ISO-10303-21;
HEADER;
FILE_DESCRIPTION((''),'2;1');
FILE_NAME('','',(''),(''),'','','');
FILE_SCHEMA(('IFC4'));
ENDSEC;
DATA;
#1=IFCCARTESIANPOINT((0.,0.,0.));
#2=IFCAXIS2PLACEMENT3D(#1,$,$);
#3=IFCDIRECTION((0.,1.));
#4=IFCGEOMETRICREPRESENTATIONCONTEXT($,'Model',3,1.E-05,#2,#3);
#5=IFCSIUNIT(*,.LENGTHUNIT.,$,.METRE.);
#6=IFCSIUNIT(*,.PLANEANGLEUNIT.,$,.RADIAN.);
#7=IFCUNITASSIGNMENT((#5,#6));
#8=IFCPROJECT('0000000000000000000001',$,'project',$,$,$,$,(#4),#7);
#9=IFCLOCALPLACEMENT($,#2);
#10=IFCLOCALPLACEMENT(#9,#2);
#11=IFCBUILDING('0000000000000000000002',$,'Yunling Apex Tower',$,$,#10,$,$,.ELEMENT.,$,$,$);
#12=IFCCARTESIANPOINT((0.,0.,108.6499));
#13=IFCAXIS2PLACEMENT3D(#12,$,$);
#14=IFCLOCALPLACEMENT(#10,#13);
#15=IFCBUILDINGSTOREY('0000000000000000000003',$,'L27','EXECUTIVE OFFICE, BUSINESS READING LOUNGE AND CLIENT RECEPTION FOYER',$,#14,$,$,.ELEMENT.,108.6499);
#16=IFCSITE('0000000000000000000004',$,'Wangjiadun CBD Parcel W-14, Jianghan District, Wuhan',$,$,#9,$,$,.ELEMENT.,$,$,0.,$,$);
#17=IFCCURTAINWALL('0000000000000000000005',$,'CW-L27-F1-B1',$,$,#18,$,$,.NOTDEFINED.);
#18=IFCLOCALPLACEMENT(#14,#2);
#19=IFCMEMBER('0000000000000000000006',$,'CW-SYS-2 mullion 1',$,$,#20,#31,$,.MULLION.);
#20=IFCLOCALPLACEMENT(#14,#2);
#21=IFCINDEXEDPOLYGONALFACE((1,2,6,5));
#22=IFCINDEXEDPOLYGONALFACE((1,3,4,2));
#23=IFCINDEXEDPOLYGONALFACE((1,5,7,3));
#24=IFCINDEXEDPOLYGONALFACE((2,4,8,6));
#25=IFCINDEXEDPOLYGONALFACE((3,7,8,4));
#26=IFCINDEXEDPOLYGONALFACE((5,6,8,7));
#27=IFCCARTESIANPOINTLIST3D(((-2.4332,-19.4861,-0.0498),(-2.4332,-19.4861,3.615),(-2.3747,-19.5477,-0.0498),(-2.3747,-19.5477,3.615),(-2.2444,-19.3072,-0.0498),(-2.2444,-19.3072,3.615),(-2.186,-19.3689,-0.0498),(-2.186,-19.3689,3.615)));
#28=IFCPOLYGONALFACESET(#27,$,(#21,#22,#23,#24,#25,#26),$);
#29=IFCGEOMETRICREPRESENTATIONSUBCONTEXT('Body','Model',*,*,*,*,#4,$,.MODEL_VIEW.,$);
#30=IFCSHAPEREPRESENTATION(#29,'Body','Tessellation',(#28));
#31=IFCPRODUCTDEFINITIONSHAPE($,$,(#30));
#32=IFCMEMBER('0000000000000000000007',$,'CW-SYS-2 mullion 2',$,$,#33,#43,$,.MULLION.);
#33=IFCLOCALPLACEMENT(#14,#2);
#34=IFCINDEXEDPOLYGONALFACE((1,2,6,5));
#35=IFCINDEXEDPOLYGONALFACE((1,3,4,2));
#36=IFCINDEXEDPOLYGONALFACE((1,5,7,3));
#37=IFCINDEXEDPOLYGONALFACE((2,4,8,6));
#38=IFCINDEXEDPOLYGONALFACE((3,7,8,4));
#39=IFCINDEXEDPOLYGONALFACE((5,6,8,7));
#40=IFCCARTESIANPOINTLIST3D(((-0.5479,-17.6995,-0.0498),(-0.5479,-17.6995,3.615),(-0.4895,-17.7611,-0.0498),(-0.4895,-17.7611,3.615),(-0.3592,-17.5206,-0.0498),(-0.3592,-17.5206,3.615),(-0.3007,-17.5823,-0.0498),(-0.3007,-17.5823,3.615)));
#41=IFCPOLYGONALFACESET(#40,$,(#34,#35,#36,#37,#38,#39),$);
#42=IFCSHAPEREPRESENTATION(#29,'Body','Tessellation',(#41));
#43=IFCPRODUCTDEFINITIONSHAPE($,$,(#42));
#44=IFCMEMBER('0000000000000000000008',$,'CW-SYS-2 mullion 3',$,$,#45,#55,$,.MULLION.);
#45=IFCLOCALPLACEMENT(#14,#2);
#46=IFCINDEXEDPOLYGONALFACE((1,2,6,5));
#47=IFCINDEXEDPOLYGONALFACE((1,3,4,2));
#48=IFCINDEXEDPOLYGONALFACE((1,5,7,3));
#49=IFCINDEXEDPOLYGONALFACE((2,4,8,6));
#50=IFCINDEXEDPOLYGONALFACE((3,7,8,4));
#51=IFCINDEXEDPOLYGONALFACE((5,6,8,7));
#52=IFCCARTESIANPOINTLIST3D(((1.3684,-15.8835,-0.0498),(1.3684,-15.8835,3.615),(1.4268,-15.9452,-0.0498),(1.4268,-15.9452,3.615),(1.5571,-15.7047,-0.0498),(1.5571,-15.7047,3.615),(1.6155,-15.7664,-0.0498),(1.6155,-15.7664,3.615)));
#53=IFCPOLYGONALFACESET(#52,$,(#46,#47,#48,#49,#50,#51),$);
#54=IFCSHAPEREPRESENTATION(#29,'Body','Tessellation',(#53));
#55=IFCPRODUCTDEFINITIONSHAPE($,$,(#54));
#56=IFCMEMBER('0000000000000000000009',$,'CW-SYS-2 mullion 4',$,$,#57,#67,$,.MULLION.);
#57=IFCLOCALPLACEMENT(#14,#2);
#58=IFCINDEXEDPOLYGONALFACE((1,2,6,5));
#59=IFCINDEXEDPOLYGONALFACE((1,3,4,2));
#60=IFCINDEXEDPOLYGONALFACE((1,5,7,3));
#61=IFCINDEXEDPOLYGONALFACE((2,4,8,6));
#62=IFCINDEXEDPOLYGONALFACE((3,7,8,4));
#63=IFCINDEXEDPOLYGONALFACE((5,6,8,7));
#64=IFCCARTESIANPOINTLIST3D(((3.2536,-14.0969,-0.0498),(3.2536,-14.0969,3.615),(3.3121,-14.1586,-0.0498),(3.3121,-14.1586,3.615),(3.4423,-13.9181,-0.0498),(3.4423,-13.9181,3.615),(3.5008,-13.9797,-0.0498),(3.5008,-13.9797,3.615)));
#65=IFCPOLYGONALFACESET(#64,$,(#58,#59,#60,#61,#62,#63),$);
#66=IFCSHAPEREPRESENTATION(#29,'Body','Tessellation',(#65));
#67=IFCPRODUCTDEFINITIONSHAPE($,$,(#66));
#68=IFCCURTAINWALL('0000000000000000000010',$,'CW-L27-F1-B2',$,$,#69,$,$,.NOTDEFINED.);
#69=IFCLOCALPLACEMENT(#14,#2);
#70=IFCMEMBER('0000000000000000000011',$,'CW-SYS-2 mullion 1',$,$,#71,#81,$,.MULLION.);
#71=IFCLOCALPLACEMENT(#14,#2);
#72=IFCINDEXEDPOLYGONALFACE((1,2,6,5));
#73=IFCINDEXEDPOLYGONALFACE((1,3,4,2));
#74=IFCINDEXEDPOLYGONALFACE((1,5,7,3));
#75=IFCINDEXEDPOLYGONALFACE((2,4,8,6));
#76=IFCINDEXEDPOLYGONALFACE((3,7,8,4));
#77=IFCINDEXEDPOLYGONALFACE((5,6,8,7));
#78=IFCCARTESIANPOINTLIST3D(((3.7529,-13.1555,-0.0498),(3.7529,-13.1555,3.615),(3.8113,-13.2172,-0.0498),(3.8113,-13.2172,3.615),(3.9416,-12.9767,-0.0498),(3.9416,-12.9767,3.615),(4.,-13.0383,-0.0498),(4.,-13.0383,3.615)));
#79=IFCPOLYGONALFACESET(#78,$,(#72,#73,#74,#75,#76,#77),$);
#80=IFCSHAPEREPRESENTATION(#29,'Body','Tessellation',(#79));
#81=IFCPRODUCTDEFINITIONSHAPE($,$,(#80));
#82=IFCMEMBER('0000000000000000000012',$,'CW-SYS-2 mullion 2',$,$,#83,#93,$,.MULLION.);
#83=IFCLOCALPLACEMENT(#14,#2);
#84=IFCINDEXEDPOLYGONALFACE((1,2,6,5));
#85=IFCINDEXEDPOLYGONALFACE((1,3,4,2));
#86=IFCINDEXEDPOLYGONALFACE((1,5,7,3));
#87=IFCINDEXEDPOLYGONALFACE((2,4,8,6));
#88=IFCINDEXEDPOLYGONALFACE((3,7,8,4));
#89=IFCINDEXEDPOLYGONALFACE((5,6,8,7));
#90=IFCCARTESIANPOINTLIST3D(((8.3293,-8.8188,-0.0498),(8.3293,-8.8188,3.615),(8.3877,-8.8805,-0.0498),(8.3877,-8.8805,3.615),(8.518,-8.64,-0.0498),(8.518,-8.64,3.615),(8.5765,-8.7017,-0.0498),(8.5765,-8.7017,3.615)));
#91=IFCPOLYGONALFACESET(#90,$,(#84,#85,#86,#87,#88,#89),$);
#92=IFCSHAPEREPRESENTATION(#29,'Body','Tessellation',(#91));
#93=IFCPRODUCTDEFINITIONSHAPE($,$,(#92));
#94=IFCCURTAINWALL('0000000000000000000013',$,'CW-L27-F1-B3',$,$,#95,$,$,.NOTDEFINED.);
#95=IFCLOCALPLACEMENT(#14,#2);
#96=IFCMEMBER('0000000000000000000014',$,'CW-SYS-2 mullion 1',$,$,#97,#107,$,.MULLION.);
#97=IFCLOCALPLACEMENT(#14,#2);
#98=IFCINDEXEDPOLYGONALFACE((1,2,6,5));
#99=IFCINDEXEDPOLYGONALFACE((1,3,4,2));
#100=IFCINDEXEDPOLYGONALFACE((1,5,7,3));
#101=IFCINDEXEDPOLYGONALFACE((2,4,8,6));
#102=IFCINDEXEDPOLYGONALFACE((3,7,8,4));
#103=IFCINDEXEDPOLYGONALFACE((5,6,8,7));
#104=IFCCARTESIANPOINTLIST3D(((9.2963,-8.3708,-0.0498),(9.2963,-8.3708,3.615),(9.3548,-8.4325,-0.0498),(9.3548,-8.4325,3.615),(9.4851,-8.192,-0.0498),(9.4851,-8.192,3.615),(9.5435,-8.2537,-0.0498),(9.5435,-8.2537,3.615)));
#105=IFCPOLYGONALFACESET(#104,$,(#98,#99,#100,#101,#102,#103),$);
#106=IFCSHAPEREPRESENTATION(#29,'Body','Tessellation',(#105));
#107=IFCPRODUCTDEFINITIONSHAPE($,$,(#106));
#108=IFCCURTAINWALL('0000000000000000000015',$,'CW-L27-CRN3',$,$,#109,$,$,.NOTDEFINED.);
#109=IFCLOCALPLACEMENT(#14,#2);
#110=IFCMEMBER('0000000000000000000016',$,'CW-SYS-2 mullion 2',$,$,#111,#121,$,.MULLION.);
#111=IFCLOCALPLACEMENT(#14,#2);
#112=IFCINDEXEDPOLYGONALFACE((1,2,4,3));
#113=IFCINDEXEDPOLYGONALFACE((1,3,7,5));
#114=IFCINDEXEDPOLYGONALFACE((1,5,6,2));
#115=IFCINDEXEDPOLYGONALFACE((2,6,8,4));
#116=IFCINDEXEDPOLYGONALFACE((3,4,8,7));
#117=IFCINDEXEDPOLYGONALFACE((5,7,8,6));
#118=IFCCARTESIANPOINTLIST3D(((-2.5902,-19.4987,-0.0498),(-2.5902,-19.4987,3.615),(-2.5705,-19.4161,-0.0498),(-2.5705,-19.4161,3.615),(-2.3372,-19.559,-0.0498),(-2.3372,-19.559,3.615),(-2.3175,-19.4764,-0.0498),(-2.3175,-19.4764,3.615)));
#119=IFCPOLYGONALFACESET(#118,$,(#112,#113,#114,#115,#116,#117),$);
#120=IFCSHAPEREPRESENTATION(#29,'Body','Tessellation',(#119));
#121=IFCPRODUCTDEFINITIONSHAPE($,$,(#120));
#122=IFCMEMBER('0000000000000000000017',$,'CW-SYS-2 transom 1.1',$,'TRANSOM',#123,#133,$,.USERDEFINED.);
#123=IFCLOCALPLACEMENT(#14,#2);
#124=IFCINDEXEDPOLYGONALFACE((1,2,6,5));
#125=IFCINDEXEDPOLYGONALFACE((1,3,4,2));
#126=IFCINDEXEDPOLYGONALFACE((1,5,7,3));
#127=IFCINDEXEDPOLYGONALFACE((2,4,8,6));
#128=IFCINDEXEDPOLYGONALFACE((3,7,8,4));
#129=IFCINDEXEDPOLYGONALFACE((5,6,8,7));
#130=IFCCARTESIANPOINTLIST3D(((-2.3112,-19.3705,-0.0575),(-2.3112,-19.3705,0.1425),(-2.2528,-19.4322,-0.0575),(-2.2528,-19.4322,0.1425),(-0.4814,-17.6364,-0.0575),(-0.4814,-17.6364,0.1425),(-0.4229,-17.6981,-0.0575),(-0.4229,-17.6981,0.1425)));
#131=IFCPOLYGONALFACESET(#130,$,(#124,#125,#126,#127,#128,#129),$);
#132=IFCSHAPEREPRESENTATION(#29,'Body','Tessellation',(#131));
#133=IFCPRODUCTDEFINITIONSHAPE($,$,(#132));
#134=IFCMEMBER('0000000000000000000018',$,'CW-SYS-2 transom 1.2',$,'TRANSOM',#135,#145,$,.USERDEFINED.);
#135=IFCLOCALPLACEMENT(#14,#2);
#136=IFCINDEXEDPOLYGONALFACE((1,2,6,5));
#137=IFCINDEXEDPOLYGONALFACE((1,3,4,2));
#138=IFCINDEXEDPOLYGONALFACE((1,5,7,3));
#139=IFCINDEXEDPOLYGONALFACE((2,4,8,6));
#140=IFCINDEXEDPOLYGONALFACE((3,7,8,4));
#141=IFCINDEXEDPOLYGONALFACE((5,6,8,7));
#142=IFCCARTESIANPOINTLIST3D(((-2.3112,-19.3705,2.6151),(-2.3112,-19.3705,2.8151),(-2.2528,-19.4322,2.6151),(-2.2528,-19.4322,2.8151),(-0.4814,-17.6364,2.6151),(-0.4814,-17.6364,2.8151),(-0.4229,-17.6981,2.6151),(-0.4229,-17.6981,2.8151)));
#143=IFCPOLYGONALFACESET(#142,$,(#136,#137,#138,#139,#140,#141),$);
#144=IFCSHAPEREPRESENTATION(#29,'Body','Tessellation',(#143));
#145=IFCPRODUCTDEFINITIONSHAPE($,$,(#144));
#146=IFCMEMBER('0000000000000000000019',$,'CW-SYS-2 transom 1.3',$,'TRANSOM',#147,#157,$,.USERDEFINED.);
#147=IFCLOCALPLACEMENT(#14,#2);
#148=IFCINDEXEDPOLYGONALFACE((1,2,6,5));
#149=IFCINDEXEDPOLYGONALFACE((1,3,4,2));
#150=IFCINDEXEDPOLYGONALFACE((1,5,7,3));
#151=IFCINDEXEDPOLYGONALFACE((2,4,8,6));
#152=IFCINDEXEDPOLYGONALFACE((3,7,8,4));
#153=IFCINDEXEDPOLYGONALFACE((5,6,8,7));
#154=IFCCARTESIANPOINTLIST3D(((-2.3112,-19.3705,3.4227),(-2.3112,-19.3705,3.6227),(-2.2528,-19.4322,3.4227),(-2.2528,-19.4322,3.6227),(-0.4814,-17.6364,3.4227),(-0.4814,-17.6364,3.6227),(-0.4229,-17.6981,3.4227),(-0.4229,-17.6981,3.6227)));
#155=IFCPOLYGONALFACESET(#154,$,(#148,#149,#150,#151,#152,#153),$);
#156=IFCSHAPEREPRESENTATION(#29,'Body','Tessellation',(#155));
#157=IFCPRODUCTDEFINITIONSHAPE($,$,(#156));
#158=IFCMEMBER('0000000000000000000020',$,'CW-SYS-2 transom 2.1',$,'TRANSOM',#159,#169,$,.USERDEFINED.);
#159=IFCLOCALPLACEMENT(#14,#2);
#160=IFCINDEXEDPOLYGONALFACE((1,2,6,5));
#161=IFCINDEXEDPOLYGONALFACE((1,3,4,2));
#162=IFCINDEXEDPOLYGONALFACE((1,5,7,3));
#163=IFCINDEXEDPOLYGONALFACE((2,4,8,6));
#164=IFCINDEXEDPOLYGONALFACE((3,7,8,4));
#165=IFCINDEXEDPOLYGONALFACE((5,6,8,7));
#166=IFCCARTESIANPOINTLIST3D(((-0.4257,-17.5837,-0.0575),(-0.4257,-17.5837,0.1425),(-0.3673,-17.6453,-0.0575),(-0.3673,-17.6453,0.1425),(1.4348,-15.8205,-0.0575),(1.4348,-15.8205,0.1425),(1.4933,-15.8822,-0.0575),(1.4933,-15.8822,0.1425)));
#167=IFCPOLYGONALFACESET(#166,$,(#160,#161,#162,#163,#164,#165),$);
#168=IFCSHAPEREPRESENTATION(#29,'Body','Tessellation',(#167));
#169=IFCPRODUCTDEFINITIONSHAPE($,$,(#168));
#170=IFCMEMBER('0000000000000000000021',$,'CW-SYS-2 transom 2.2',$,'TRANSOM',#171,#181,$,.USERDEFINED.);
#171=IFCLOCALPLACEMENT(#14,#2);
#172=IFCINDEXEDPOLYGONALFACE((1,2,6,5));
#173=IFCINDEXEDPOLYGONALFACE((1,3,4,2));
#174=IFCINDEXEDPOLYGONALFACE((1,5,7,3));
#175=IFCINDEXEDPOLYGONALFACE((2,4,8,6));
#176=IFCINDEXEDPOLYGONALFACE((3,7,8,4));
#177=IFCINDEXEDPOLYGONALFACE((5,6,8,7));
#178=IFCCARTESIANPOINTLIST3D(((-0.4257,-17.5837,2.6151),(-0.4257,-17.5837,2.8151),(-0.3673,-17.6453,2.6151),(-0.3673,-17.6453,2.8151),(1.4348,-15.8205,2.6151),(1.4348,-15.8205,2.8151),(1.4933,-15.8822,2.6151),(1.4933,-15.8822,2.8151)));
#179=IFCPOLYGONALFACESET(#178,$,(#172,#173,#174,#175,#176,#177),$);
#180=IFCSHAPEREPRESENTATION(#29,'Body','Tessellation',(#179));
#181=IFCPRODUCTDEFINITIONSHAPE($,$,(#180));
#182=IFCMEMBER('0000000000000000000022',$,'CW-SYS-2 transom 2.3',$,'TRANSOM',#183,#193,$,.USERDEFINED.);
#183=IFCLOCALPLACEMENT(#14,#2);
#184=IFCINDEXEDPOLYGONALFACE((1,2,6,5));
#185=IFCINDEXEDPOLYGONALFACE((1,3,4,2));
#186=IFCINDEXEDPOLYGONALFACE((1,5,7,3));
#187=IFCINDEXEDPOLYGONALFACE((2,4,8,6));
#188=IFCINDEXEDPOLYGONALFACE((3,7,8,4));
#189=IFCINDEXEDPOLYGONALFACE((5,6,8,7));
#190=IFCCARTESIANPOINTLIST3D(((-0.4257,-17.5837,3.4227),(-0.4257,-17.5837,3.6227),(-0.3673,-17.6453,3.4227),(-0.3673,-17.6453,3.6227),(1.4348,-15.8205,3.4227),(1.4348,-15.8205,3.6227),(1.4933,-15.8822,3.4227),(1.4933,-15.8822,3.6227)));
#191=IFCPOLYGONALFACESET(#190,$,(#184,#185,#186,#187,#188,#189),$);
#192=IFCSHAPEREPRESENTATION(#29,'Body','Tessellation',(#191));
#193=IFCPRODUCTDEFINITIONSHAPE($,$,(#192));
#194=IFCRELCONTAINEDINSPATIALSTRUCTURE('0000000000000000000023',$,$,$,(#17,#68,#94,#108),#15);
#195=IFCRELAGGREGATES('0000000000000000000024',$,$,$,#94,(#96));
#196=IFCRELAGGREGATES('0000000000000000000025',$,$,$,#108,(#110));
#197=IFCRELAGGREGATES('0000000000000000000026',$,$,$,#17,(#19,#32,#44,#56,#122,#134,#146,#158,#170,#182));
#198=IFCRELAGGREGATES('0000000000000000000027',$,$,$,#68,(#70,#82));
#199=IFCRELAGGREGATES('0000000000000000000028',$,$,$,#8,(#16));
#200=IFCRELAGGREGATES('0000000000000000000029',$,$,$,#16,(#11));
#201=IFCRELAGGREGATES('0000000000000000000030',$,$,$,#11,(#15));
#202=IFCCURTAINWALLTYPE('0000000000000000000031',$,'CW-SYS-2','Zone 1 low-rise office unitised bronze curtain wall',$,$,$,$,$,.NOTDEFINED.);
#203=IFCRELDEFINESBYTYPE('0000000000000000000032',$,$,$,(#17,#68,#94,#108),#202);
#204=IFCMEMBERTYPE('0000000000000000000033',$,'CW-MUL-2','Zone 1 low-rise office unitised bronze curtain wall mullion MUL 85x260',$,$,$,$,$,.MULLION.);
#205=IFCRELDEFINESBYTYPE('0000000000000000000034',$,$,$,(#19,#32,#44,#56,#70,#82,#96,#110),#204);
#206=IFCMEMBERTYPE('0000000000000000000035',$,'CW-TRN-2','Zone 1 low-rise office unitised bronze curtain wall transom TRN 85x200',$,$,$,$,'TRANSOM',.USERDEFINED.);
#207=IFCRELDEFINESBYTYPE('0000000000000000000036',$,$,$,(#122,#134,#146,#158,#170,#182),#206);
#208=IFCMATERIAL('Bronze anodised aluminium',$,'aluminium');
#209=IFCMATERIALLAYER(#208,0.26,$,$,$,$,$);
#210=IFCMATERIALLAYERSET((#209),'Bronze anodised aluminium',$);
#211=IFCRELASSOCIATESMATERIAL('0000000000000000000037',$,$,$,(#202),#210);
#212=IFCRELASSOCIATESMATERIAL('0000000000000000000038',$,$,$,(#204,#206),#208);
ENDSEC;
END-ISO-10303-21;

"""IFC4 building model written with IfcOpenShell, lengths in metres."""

from ifc_helpers import new_model, si_unit, direction, frame, origin, origin_2d, place, context, subcontext, project, spatial, rectangle, extrude, source, transform, mapped, material, layer, layer_set, material_profile, profile_set, type_object, element, aggregate, save


model = new_model("IFC4")

# Units and contexts
model_context = context("Model", 3, precision=1e-05, world=origin(), true_north=direction((0.0, 1.0)))
body_context = subcontext(model_context, "Body", "Model", "MODEL_VIEW")
ifc_project = project(units=[si_unit("LENGTHUNIT", "METRE"), si_unit("PLANEANGLEUNIT", "RADIAN")], contexts=[model_context])

# Site, building, storey
site_placement = place(None, origin())
site = spatial("IfcSite", under=ifc_project, at=site_placement, Name="Wangjiadun CBD Parcel W-14, Jianghan District, Wuhan", CompositionType="ELEMENT", RefElevation=0.0)
building_placement = place(site_placement, origin())
building = spatial("IfcBuilding", under=site, at=building_placement, Name="Yunling Apex Tower", CompositionType="ELEMENT")
storey_placement = place(building_placement, frame((0.0, 0.0, 108.6499)))
storey = spatial("IfcBuildingStorey", under=building, at=storey_placement, Name="L27", Description="EXECUTIVE OFFICE, BUSINESS READING LOUNGE AND CLIENT RECEPTION FOYER", CompositionType="ELEMENT", Elevation=108.6499)

# Curtain walls, members
ifc_material_1 = material(Name="Bronze anodised aluminium", Category="aluminium")
ifc_layer_1 = layer(ifc_material_1, 0.26)
ifc_layer_set_1 = layer_set([ifc_layer_1], Name="Bronze anodised aluminium")
curtain_wall_type = type_object("IfcCurtainWallType", Name="CW-SYS-2", Description="Zone 1 low-rise office unitised bronze curtain wall", PredefinedType="NOTDEFINED", material=ifc_layer_set_1)
curtain_wall_1_placement = place(storey_placement, origin())
curtain_wall_1 = element("IfcCurtainWall", 1, at=curtain_wall_1_placement, inside=storey, type_object=curtain_wall_type, Name="CW-L27-F1-B1", PredefinedType="NOTDEFINED")
ifc_material_profile_1 = material_profile(ifc_material_1, rectangle(XDim=0.085, YDim=0.26, at=origin_2d()))
ifc_profile_set_1 = profile_set([ifc_material_profile_1], Name="Bronze anodised aluminium")
member_type_1 = type_object("IfcMemberType", Name="CW-MUL-2", Description="Zone 1 low-rise office unitised bronze curtain wall mullion MUL 85x260", PredefinedType="MULLION", material=ifc_profile_set_1)
shared_shape_1 = source(origin(), body_context, "Body", "SweptSolid", [
    extrude(rectangle(XDim=0.085, YDim=0.26, at=origin_2d()), origin(), (0.0, 0.0, 1.0), 3.6648),
])
member_1_placement = place(storey_placement, frame((-2.3096, -19.4275, -0.0498), z_axis=(0.0, 0.0, 1.0), x_axis=(-0.687861, 0.725842, 0.0)))
member_1 = element("IfcMember", 2, at=member_1_placement, type_object=member_type_1, Name="CW-SYS-2 mullion 1", PredefinedType="MULLION", context=body_context, shape_type="MappedRepresentation", body=[
    mapped(shared_shape_1, transform((0.0, 0.0, 0.0), scale=1.0)),
])
member_2_placement = place(storey_placement, frame((-0.4243, -17.6409, -0.0498), z_axis=(0.0, 0.0, 1.0), x_axis=(-0.687861, 0.725842, 0.0)))
member_2 = element("IfcMember", 3, at=member_2_placement, type_object=member_type_1, Name="CW-SYS-2 mullion 2", PredefinedType="MULLION", context=body_context, shape_type="MappedRepresentation", body=[
    mapped(shared_shape_1, transform((0.0, 0.0, 0.0), scale=1.0)),
])
member_3_placement = place(storey_placement, frame((1.4919, -15.825, -0.0498), z_axis=(0.0, 0.0, 1.0), x_axis=(-0.687861, 0.725842, 0.0)))
member_3 = element("IfcMember", 4, at=member_3_placement, type_object=member_type_1, Name="CW-SYS-2 mullion 3", PredefinedType="MULLION", context=body_context, shape_type="MappedRepresentation", body=[
    mapped(shared_shape_1, transform((0.0, 0.0, 0.0), scale=1.0)),
])
member_4_placement = place(storey_placement, frame((3.3772, -14.0383, -0.0498), z_axis=(0.0, 0.0, 1.0), x_axis=(-0.687861, 0.725842, 0.0)))
member_4 = element("IfcMember", 5, at=member_4_placement, type_object=member_type_1, Name="CW-SYS-2 mullion 4", PredefinedType="MULLION", context=body_context, shape_type="MappedRepresentation", body=[
    mapped(shared_shape_1, transform((0.0, 0.0, 0.0), scale=1.0)),
])
curtain_wall_2_placement = place(storey_placement, origin())
curtain_wall_2 = element("IfcCurtainWall", 6, at=curtain_wall_2_placement, inside=storey, type_object=curtain_wall_type, Name="CW-L27-F1-B2", PredefinedType="NOTDEFINED")
member_5_placement = place(storey_placement, frame((3.8765, -13.0969, -0.0498), z_axis=(0.0, 0.0, 1.0), x_axis=(-0.687844, 0.725858, 0.0)))
member_5 = element("IfcMember", 7, at=member_5_placement, type_object=member_type_1, Name="CW-SYS-2 mullion 1", PredefinedType="MULLION", context=body_context, shape_type="MappedRepresentation", body=[
    mapped(shared_shape_1, transform((0.0, 0.0, 0.0), scale=1.0)),
])
member_6_placement = place(storey_placement, frame((8.4529, -8.7603, -0.0498), z_axis=(0.0, 0.0, 1.0), x_axis=(-0.687844, 0.725858, 0.0)))
member_6 = element("IfcMember", 8, at=member_6_placement, type_object=member_type_1, Name="CW-SYS-2 mullion 2", PredefinedType="MULLION", context=body_context, shape_type="MappedRepresentation", body=[
    mapped(shared_shape_1, transform((0.0, 0.0, 0.0), scale=1.0)),
])

# Curtain walls, members
curtain_wall_3_placement = place(storey_placement, origin())
curtain_wall_3 = element("IfcCurtainWall", 9, at=curtain_wall_3_placement, inside=storey, type_object=curtain_wall_type, Name="CW-L27-F1-B3", PredefinedType="NOTDEFINED")
member_7_placement = place(storey_placement, frame((9.4199, -8.3123, -0.0498), z_axis=(0.0, 0.0, 1.0), x_axis=(-0.687861, 0.725842, 0.0)))
member_7 = element("IfcMember", 10, at=member_7_placement, type_object=member_type_1, Name="CW-SYS-2 mullion 1", PredefinedType="MULLION", context=body_context, shape_type="MappedRepresentation", body=[
    mapped(shared_shape_1, transform((0.0, 0.0, 0.0), scale=1.0)),
])
aggregate(curtain_wall_3, [member_7])
curtain_wall_4_placement = place(storey_placement, origin())
curtain_wall_4 = element("IfcCurtainWall", 11, at=curtain_wall_4_placement, inside=storey, type_object=curtain_wall_type, Name="CW-L27-CRN3", PredefinedType="NOTDEFINED")
member_8_placement = place(storey_placement, frame((-2.4539, -19.4875, -0.0498), z_axis=(0.0, 0.0, 1.0), x_axis=(0.231895, 0.972741, 0.0)))
member_8 = element("IfcMember", 12, at=member_8_placement, type_object=member_type_1, Name="CW-SYS-2 mullion 2", PredefinedType="MULLION", context=body_context, shape_type="MappedRepresentation", body=[
    mapped(shared_shape_1, transform((0.0, 0.0, 0.0), scale=1.0)),
])
aggregate(curtain_wall_4, [member_8])

# Members
ifc_material_profile_2 = material_profile(ifc_material_1, rectangle(XDim=0.085, YDim=0.2, at=origin_2d()))
ifc_profile_set_2 = profile_set([ifc_material_profile_2], Name="Bronze anodised aluminium")
member_type_2 = type_object("IfcMemberType", Name="CW-TRN-2", Description="Zone 1 low-rise office unitised bronze curtain wall transom TRN 85x200", ElementType="TRANSOM", PredefinedType="USERDEFINED", material=ifc_profile_set_2)
shared_shape_2 = source(origin(), body_context, "Body", "SweptSolid", [
    extrude(rectangle(XDim=0.085, YDim=0.2, at=origin_2d()), origin(), (0.0, 0.0, 1.0), 2.521),
])
member_9_placement = place(storey_placement, frame((-2.282, -19.4014, 0.0425), z_axis=(0.725833, 0.687871, 0.0), x_axis=(-0.687871, 0.725833, 0.0)))
member_9 = element("IfcMember", 13, at=member_9_placement, type_object=member_type_2, Name="CW-SYS-2 transom 1.1", ObjectType="TRANSOM", PredefinedType="USERDEFINED", context=body_context, shape_type="MappedRepresentation", body=[
    mapped(shared_shape_2, transform((0.0, 0.0, 0.0), scale=1.0)),
])
member_10_placement = place(storey_placement, frame((-2.282, -19.4014, 2.7151), z_axis=(0.725833, 0.687871, 0.0), x_axis=(-0.687871, 0.725833, 0.0)))
member_10 = element("IfcMember", 14, at=member_10_placement, type_object=member_type_2, Name="CW-SYS-2 transom 1.2", ObjectType="TRANSOM", PredefinedType="USERDEFINED", context=body_context, shape_type="MappedRepresentation", body=[
    mapped(shared_shape_2, transform((0.0, 0.0, 0.0), scale=1.0)),
])
member_11_placement = place(storey_placement, frame((-2.282, -19.4014, 3.5227), z_axis=(0.725833, 0.687871, 0.0), x_axis=(-0.687871, 0.725833, 0.0)))
member_11 = element("IfcMember", 15, at=member_11_placement, type_object=member_type_2, Name="CW-SYS-2 transom 1.3", ObjectType="TRANSOM", PredefinedType="USERDEFINED", context=body_context, shape_type="MappedRepresentation", body=[
    mapped(shared_shape_2, transform((0.0, 0.0, 0.0), scale=1.0)),
])
shared_shape_3 = source(origin(), body_context, "Body", "SweptSolid", [
    extrude(rectangle(XDim=0.085, YDim=0.2, at=origin_2d()), origin(), (0.0, 0.0, 1.0), 2.5632),
])
member_12_placement = place(storey_placement, frame((-0.3965, -17.6145, 0.0425), z_axis=(0.725853, 0.68785, 0.0), x_axis=(-0.68785, 0.725853, 0.0)))
member_12 = element("IfcMember", 16, at=member_12_placement, type_object=member_type_2, Name="CW-SYS-2 transom 2.1", ObjectType="TRANSOM", PredefinedType="USERDEFINED", context=body_context, shape_type="MappedRepresentation", body=[
    mapped(shared_shape_3, transform((0.0, 0.0, 0.0), scale=1.0)),
])
member_13_placement = place(storey_placement, frame((-0.3965, -17.6145, 2.7151), z_axis=(0.725853, 0.68785, 0.0), x_axis=(-0.68785, 0.725853, 0.0)))
member_13 = element("IfcMember", 17, at=member_13_placement, type_object=member_type_2, Name="CW-SYS-2 transom 2.2", ObjectType="TRANSOM", PredefinedType="USERDEFINED", context=body_context, shape_type="MappedRepresentation", body=[
    mapped(shared_shape_3, transform((0.0, 0.0, 0.0), scale=1.0)),
])
member_14_placement = place(storey_placement, frame((-0.3965, -17.6145, 3.5227), z_axis=(0.725853, 0.68785, 0.0), x_axis=(-0.68785, 0.725853, 0.0)))
member_14 = element("IfcMember", 18, at=member_14_placement, type_object=member_type_2, Name="CW-SYS-2 transom 2.3", ObjectType="TRANSOM", PredefinedType="USERDEFINED", context=body_context, shape_type="MappedRepresentation", body=[
    mapped(shared_shape_3, transform((0.0, 0.0, 0.0), scale=1.0)),
])

aggregate(curtain_wall_1, [member_1, member_2, member_3, member_4, member_9, member_10, member_11, member_12, member_13, member_14])
aggregate(curtain_wall_2, [member_5, member_6])

save(model, "model.ifc")
